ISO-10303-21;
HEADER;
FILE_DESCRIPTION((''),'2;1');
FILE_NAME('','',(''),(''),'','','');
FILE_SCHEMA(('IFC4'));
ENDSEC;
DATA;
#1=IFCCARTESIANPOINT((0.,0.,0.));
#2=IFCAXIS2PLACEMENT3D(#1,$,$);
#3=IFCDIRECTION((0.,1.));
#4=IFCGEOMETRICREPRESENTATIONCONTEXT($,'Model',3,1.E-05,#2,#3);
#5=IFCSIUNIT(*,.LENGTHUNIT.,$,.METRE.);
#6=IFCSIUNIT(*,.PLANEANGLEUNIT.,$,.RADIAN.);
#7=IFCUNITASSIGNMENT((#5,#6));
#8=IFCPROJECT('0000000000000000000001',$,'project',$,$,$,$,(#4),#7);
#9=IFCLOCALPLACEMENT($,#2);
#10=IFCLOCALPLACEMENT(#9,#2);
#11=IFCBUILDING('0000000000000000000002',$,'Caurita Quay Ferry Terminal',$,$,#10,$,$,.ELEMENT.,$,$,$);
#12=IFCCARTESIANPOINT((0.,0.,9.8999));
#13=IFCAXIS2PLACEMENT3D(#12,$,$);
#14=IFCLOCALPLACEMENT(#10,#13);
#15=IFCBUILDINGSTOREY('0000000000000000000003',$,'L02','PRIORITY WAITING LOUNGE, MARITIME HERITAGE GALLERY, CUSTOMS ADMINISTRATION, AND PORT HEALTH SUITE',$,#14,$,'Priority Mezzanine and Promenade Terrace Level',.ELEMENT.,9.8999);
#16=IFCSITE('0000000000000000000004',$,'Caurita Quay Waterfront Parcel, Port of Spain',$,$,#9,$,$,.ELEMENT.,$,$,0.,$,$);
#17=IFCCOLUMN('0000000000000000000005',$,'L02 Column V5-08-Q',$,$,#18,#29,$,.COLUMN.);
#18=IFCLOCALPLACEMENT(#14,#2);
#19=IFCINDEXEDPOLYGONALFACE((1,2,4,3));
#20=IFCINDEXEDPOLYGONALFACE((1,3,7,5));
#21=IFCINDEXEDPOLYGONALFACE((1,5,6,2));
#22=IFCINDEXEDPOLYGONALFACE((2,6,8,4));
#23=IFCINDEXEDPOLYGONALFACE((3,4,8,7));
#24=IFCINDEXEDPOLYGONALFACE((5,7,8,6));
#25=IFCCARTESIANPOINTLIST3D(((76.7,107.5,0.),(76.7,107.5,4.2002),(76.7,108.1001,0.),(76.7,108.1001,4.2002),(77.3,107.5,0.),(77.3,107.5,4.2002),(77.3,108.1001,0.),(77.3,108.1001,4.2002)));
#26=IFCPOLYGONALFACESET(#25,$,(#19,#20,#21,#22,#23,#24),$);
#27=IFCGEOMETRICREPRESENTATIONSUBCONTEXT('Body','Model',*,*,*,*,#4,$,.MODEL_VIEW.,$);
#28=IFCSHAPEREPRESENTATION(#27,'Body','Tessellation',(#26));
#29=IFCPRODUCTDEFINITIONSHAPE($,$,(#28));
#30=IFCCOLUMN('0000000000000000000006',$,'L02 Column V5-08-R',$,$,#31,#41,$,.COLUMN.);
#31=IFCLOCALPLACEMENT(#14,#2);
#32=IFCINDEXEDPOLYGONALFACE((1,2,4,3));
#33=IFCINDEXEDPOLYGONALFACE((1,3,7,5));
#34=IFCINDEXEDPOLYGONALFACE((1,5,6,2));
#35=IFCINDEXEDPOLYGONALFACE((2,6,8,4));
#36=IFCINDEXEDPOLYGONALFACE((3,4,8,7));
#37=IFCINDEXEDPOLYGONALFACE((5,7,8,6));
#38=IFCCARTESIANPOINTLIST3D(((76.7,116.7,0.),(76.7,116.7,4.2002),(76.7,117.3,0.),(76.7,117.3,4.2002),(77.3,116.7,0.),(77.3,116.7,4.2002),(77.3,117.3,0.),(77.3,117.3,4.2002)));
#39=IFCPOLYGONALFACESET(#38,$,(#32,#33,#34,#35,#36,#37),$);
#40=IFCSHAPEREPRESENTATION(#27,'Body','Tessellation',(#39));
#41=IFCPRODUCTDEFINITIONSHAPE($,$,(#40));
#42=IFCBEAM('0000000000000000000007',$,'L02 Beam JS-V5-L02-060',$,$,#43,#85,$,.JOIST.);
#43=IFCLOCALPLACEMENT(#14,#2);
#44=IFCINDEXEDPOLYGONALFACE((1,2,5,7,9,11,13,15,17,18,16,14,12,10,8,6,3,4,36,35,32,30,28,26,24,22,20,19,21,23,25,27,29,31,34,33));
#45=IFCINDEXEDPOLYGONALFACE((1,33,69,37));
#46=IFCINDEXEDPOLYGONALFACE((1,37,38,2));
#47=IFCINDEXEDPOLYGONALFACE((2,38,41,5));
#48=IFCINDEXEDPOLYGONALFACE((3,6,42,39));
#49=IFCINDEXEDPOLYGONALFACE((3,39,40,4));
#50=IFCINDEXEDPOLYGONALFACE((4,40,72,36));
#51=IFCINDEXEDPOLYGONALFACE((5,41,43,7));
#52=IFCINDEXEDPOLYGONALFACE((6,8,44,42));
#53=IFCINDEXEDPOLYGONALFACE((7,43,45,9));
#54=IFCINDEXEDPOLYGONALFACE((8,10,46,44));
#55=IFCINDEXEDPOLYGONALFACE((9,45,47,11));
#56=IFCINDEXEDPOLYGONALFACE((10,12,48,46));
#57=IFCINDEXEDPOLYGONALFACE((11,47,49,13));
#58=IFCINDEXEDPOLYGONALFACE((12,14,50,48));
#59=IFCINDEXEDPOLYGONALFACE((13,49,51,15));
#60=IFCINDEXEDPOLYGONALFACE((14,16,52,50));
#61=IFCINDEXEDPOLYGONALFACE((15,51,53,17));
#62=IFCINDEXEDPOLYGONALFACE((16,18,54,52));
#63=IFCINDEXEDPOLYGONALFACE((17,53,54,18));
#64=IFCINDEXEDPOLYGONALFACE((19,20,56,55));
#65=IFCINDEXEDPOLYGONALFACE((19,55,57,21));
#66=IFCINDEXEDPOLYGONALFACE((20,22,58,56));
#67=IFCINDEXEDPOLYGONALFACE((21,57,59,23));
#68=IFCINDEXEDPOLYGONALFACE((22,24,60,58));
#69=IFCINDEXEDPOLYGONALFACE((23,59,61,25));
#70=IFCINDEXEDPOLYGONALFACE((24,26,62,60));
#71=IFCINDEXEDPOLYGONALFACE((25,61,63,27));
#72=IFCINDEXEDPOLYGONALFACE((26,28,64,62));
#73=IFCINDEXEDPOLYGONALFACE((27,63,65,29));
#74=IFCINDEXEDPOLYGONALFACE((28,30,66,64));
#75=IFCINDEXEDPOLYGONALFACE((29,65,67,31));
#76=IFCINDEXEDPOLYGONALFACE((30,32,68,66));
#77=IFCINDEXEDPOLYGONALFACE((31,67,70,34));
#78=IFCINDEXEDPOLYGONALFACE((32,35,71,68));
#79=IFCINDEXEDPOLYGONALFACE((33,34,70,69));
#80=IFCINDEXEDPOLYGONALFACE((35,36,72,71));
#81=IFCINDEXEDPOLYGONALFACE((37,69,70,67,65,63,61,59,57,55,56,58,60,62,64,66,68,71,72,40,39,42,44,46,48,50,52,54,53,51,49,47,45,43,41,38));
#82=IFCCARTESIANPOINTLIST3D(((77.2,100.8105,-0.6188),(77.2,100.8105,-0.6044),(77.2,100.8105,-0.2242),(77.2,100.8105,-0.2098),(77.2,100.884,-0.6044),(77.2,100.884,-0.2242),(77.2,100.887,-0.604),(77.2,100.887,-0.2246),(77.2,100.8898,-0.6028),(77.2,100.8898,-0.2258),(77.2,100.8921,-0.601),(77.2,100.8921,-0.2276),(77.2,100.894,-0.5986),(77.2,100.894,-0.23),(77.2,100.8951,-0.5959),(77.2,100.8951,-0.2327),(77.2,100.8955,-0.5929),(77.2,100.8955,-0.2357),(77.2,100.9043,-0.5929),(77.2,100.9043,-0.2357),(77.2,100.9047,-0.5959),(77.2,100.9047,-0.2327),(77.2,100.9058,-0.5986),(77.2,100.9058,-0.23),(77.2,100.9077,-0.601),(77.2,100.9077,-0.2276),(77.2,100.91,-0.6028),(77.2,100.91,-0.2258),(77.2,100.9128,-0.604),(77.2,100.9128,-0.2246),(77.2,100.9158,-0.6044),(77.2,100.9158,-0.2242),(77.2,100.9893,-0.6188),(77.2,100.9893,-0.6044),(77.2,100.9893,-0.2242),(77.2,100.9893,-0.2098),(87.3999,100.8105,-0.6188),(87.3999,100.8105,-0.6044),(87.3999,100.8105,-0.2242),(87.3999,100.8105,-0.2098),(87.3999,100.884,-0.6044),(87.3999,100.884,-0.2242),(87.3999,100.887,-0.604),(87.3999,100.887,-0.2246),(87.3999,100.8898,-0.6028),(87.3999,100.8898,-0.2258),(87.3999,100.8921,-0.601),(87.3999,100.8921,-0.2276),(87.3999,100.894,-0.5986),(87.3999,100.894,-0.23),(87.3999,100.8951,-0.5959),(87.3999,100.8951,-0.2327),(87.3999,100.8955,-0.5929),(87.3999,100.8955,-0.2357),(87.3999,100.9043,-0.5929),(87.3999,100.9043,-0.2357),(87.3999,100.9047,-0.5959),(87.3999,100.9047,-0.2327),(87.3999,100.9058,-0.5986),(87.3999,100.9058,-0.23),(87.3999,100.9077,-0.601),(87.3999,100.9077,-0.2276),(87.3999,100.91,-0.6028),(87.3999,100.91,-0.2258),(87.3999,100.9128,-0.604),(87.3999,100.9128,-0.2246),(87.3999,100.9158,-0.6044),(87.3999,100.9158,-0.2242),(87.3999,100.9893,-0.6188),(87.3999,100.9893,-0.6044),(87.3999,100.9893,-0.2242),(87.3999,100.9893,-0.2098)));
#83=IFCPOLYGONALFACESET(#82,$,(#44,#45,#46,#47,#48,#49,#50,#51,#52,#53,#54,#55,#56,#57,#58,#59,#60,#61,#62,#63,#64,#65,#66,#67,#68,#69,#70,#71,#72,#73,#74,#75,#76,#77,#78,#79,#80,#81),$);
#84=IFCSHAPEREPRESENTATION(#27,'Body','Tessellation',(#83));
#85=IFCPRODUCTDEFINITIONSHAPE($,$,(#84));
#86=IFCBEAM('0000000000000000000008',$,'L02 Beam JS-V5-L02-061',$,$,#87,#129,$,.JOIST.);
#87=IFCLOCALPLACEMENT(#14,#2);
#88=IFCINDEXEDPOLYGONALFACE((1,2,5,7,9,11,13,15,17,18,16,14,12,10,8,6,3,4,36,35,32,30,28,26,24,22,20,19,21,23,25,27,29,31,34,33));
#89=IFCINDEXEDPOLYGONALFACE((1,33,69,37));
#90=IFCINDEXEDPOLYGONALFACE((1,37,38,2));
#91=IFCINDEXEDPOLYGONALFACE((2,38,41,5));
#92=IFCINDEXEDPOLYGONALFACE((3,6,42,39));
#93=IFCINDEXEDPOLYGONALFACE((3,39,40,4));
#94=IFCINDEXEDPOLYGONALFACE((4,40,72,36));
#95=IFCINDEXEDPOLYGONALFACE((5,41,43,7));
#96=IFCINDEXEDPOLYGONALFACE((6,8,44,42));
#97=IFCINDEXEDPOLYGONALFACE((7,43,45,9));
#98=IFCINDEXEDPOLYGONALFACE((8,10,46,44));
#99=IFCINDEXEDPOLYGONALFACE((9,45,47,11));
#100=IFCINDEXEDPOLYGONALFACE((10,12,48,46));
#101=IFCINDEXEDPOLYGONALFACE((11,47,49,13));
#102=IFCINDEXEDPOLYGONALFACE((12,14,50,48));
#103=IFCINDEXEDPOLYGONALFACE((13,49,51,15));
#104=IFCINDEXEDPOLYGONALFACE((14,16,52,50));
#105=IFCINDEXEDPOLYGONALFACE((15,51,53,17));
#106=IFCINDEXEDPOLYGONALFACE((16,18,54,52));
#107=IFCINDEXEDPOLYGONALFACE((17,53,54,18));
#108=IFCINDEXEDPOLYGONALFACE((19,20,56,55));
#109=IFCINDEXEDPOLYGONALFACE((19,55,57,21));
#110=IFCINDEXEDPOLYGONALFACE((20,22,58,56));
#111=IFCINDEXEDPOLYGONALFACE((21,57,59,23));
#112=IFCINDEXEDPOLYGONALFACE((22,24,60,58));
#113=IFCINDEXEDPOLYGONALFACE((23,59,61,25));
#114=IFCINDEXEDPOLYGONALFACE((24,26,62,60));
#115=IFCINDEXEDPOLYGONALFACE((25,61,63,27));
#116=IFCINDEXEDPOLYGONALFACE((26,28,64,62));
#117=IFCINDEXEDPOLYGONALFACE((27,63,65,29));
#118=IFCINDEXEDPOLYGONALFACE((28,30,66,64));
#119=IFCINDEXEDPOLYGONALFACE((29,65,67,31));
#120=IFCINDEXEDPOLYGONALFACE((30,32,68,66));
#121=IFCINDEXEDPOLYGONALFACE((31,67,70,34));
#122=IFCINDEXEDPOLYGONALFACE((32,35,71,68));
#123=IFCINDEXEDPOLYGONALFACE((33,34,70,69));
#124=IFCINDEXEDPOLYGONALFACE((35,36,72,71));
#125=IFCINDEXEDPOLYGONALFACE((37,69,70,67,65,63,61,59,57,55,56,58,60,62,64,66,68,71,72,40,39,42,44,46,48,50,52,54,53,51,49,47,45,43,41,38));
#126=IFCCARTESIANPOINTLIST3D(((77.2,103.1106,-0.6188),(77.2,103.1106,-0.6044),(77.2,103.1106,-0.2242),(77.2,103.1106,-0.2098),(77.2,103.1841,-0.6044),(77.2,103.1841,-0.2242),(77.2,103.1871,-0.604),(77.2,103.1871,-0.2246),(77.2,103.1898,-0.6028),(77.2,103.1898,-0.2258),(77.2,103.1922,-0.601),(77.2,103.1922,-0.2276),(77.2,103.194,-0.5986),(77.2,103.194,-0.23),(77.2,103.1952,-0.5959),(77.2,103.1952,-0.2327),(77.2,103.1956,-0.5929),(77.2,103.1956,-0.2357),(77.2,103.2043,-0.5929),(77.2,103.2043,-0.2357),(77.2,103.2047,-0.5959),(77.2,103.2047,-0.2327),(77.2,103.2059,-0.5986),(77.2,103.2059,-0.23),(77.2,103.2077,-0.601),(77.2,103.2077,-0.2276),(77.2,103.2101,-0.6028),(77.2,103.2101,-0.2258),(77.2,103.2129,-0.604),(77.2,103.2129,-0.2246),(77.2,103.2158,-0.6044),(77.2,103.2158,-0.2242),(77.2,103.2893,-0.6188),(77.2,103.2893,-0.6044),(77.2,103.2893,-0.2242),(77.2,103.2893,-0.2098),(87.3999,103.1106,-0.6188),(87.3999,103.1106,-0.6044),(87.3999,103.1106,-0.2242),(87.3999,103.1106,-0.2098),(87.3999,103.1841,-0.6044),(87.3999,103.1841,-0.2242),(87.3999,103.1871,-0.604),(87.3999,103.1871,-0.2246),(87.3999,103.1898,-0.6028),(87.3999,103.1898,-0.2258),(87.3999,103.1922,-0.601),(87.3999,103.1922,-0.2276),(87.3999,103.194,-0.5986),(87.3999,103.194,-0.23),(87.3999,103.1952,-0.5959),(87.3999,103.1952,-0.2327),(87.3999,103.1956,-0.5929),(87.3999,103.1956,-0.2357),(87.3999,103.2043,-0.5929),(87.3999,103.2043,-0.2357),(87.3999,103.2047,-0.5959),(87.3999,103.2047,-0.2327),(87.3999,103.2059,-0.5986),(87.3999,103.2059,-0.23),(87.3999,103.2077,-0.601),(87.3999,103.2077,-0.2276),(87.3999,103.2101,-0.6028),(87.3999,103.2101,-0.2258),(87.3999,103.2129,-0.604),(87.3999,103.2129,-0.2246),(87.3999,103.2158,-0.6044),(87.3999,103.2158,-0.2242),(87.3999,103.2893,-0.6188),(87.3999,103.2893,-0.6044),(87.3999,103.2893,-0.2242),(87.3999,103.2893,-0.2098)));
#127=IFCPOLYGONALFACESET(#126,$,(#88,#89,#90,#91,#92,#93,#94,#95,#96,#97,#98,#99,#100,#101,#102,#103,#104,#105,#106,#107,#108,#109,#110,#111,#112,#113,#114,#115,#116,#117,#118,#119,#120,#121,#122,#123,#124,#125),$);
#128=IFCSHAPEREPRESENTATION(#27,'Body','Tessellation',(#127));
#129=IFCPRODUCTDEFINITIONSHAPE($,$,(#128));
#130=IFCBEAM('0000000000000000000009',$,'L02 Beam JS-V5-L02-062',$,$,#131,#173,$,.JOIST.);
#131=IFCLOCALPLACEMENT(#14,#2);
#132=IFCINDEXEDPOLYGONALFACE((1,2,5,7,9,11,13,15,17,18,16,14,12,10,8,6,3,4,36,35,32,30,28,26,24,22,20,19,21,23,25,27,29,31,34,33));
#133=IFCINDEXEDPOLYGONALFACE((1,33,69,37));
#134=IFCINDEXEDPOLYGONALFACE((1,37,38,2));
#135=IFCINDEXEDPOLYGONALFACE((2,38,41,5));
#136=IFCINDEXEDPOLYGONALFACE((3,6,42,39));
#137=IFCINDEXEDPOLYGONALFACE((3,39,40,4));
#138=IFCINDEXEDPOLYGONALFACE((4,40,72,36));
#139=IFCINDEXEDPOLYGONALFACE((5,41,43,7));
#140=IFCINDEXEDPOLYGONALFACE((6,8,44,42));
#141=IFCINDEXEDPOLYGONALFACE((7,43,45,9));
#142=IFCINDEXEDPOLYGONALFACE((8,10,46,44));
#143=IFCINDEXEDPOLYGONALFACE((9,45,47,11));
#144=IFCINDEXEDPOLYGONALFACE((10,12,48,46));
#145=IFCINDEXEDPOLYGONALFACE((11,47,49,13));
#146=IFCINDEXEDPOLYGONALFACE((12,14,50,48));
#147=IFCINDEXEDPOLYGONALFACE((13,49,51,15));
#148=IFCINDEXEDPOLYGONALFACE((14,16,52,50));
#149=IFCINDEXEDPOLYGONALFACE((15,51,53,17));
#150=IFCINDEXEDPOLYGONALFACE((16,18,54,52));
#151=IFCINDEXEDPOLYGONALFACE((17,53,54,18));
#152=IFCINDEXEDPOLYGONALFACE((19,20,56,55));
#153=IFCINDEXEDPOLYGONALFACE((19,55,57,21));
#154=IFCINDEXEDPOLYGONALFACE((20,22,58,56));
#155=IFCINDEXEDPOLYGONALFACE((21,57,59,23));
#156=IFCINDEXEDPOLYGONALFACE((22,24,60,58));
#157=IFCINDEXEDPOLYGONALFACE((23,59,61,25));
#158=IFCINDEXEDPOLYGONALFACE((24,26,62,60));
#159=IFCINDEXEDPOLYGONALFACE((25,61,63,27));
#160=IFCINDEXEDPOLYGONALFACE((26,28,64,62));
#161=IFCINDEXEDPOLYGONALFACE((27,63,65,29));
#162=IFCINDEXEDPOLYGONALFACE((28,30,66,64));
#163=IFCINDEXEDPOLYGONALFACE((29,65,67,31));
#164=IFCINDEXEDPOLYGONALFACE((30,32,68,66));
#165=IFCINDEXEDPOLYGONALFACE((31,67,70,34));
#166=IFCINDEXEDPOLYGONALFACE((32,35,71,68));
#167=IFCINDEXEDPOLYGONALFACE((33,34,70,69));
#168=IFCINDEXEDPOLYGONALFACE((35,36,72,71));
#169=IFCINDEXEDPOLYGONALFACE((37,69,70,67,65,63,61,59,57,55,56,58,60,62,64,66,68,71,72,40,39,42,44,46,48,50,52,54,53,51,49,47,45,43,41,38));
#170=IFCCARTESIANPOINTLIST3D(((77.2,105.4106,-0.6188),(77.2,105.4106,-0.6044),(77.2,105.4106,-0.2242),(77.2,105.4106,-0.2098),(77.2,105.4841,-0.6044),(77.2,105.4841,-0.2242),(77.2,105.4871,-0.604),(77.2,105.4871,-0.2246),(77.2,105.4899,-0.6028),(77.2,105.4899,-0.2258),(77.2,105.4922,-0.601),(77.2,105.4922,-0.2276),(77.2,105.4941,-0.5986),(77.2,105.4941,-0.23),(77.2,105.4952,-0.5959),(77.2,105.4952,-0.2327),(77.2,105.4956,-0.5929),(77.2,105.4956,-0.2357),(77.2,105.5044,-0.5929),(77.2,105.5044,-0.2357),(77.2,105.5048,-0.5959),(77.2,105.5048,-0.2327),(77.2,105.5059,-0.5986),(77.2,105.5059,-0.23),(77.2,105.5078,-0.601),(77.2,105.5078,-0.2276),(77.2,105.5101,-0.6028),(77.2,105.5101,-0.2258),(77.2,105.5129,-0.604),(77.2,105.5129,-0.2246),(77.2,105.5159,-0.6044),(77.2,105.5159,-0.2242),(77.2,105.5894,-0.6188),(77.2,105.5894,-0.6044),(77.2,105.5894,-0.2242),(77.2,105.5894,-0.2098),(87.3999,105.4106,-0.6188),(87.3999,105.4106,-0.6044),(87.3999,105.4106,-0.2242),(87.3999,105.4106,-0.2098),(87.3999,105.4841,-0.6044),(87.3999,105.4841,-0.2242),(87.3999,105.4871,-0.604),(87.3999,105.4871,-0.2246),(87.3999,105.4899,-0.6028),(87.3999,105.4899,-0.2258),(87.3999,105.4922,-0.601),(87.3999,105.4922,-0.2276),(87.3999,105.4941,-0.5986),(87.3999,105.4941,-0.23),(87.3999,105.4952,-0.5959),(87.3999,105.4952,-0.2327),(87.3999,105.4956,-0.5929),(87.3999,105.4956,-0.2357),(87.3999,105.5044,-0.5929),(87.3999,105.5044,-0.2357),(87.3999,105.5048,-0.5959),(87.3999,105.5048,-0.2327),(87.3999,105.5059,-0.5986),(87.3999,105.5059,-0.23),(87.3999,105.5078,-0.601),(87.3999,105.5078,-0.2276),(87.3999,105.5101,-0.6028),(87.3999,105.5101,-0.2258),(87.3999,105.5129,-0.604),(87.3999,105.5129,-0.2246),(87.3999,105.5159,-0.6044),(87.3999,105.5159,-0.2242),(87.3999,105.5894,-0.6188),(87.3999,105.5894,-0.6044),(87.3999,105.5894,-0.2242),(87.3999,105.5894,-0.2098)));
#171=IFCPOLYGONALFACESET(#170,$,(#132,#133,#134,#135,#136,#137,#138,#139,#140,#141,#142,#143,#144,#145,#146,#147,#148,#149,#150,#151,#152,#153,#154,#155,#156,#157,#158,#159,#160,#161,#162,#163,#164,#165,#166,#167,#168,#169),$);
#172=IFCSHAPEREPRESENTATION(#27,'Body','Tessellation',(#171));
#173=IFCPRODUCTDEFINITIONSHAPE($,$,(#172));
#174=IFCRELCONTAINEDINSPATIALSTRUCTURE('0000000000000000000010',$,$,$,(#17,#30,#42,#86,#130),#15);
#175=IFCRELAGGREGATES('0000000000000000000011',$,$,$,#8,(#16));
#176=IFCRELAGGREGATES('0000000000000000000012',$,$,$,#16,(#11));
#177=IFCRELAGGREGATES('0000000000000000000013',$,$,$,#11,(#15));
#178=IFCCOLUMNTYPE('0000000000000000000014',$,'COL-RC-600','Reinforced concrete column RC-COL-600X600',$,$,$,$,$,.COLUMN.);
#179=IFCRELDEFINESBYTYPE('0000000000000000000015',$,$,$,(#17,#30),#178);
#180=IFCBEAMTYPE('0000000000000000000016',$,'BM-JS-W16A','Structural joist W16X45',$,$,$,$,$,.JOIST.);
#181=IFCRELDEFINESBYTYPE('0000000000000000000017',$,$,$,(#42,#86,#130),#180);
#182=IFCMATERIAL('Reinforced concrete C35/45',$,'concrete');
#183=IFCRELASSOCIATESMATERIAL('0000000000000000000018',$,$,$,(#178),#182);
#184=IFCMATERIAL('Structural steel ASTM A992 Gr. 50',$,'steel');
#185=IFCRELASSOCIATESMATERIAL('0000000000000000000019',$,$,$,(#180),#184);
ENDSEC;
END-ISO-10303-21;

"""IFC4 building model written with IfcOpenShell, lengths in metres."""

from ifc_helpers import new_model, si_unit, direction, frame, origin, origin_2d, place, context, subcontext, project, spatial, rectangle, i_section, extrude, material, material_profile, profile_set, type_object, element, save


model = new_model("IFC4")

# Units and contexts
model_context = context("Model", 3, precision=1e-05, world=origin(), true_north=direction((0.0, 1.0)))
body_context = subcontext(model_context, "Body", "Model", "MODEL_VIEW")
ifc_project = project(units=[si_unit("LENGTHUNIT", "METRE"), si_unit("PLANEANGLEUNIT", "RADIAN")], contexts=[model_context])

# Site, building, storey
site_placement = place(None, origin())
site = spatial("IfcSite", under=ifc_project, at=site_placement, Name="Caurita Quay Waterfront Parcel, Port of Spain", CompositionType="ELEMENT", RefElevation=0.0)
building_placement = place(site_placement, origin())
building = spatial("IfcBuilding", under=site, at=building_placement, Name="Caurita Quay Ferry Terminal", CompositionType="ELEMENT")
storey_placement = place(building_placement, frame((0.0, 0.0, 9.8999)))
storey = spatial("IfcBuildingStorey", under=building, at=storey_placement, Name="L02", Description="PRIORITY WAITING LOUNGE, MARITIME HERITAGE GALLERY, CUSTOMS ADMINISTRATION, AND PORT HEALTH SUITE", LongName="Priority Mezzanine and Promenade Terrace Level", CompositionType="ELEMENT", Elevation=9.8999)

# Columns
ifc_material_1 = material(Name="Reinforced concrete C35/45", Category="concrete")
ifc_material_profile_1 = material_profile(ifc_material_1, rectangle(XDim=0.6001, YDim=0.6001, at=origin_2d()), Name="RC-COL-600X600")
ifc_profile_set_1 = profile_set([ifc_material_profile_1], Name="Reinforced concrete C35/45")
column_type = type_object("IfcColumnType", Name="COL-RC-600", Description="Reinforced concrete column RC-COL-600X600", PredefinedType="COLUMN", material=ifc_profile_set_1)
for number, where, z_axis, x_axis, name in (
    (1, (77.0, 107.8, 0.0), (0.0, 0.0, 1.0), (1.0, 0.0, 0.0), "L02 Column V5-08-Q"),
    (2, (77.0, 117.0, 0.0), (0.0, 0.0, 1.0), (1.0, 0.0, 0.0), "L02 Column V5-08-R"),
):
    element("IfcColumn", number, at=place(storey_placement, frame(where, z_axis=z_axis, x_axis=x_axis)), inside=storey, type_object=column_type, Name=name, PredefinedType="COLUMN", context=body_context, shape_type="SweptSolid", body=[
        extrude(rectangle(XDim=0.6001, YDim=0.6001, at=origin_2d()), origin(), (0.0, 0.0, 1.0), 4.2002),
    ])

# Beams
ifc_material_2 = material(Name="Structural steel ASTM A992 Gr. 50", Category="steel")
ifc_material_profile_2 = material_profile(ifc_material_2, i_section(OverallWidth=0.1787, OverallDepth=0.4089, WebThickness=0.0088, FlangeThickness=0.0144, FilletRadius=0.0115, at=origin_2d()), Name="W16X45")
ifc_profile_set_2 = profile_set([ifc_material_profile_2], Name="Structural steel ASTM A992 Gr. 50")
beam_type_1 = type_object("IfcBeamType", Name="BM-JS-W16A", Description="Structural joist W16X45", PredefinedType="JOIST", material=ifc_profile_set_2)
for number, where, z_axis, x_axis, name in (
    (3, (77.2, 100.8999, -0.4143), (1.0, 0.0, 0.0), (0.0, 1.0, 0.0), "L02 Beam JS-V5-L02-060"),
    (4, (77.2, 103.2, -0.4143), (1.0, 0.0, 0.0), (0.0, 1.0, 0.0), "L02 Beam JS-V5-L02-061"),
    (5, (77.2, 105.5, -0.4143), (1.0, 0.0, 0.0), (0.0, 1.0, 0.0), "L02 Beam JS-V5-L02-062"),
):
    element("IfcBeam", number, at=place(storey_placement, frame(where, z_axis=z_axis, x_axis=x_axis)), inside=storey, type_object=beam_type_1, Name=name, PredefinedType="JOIST", context=body_context, shape_type="SweptSolid", body=[
        extrude(i_section(OverallWidth=0.1787, OverallDepth=0.4089, WebThickness=0.0088, FlangeThickness=0.0144, FilletRadius=0.0115, at=origin_2d()), origin(), (0.0, 0.0, 1.0), 10.2),
    ])

save(model, "model.ifc")
